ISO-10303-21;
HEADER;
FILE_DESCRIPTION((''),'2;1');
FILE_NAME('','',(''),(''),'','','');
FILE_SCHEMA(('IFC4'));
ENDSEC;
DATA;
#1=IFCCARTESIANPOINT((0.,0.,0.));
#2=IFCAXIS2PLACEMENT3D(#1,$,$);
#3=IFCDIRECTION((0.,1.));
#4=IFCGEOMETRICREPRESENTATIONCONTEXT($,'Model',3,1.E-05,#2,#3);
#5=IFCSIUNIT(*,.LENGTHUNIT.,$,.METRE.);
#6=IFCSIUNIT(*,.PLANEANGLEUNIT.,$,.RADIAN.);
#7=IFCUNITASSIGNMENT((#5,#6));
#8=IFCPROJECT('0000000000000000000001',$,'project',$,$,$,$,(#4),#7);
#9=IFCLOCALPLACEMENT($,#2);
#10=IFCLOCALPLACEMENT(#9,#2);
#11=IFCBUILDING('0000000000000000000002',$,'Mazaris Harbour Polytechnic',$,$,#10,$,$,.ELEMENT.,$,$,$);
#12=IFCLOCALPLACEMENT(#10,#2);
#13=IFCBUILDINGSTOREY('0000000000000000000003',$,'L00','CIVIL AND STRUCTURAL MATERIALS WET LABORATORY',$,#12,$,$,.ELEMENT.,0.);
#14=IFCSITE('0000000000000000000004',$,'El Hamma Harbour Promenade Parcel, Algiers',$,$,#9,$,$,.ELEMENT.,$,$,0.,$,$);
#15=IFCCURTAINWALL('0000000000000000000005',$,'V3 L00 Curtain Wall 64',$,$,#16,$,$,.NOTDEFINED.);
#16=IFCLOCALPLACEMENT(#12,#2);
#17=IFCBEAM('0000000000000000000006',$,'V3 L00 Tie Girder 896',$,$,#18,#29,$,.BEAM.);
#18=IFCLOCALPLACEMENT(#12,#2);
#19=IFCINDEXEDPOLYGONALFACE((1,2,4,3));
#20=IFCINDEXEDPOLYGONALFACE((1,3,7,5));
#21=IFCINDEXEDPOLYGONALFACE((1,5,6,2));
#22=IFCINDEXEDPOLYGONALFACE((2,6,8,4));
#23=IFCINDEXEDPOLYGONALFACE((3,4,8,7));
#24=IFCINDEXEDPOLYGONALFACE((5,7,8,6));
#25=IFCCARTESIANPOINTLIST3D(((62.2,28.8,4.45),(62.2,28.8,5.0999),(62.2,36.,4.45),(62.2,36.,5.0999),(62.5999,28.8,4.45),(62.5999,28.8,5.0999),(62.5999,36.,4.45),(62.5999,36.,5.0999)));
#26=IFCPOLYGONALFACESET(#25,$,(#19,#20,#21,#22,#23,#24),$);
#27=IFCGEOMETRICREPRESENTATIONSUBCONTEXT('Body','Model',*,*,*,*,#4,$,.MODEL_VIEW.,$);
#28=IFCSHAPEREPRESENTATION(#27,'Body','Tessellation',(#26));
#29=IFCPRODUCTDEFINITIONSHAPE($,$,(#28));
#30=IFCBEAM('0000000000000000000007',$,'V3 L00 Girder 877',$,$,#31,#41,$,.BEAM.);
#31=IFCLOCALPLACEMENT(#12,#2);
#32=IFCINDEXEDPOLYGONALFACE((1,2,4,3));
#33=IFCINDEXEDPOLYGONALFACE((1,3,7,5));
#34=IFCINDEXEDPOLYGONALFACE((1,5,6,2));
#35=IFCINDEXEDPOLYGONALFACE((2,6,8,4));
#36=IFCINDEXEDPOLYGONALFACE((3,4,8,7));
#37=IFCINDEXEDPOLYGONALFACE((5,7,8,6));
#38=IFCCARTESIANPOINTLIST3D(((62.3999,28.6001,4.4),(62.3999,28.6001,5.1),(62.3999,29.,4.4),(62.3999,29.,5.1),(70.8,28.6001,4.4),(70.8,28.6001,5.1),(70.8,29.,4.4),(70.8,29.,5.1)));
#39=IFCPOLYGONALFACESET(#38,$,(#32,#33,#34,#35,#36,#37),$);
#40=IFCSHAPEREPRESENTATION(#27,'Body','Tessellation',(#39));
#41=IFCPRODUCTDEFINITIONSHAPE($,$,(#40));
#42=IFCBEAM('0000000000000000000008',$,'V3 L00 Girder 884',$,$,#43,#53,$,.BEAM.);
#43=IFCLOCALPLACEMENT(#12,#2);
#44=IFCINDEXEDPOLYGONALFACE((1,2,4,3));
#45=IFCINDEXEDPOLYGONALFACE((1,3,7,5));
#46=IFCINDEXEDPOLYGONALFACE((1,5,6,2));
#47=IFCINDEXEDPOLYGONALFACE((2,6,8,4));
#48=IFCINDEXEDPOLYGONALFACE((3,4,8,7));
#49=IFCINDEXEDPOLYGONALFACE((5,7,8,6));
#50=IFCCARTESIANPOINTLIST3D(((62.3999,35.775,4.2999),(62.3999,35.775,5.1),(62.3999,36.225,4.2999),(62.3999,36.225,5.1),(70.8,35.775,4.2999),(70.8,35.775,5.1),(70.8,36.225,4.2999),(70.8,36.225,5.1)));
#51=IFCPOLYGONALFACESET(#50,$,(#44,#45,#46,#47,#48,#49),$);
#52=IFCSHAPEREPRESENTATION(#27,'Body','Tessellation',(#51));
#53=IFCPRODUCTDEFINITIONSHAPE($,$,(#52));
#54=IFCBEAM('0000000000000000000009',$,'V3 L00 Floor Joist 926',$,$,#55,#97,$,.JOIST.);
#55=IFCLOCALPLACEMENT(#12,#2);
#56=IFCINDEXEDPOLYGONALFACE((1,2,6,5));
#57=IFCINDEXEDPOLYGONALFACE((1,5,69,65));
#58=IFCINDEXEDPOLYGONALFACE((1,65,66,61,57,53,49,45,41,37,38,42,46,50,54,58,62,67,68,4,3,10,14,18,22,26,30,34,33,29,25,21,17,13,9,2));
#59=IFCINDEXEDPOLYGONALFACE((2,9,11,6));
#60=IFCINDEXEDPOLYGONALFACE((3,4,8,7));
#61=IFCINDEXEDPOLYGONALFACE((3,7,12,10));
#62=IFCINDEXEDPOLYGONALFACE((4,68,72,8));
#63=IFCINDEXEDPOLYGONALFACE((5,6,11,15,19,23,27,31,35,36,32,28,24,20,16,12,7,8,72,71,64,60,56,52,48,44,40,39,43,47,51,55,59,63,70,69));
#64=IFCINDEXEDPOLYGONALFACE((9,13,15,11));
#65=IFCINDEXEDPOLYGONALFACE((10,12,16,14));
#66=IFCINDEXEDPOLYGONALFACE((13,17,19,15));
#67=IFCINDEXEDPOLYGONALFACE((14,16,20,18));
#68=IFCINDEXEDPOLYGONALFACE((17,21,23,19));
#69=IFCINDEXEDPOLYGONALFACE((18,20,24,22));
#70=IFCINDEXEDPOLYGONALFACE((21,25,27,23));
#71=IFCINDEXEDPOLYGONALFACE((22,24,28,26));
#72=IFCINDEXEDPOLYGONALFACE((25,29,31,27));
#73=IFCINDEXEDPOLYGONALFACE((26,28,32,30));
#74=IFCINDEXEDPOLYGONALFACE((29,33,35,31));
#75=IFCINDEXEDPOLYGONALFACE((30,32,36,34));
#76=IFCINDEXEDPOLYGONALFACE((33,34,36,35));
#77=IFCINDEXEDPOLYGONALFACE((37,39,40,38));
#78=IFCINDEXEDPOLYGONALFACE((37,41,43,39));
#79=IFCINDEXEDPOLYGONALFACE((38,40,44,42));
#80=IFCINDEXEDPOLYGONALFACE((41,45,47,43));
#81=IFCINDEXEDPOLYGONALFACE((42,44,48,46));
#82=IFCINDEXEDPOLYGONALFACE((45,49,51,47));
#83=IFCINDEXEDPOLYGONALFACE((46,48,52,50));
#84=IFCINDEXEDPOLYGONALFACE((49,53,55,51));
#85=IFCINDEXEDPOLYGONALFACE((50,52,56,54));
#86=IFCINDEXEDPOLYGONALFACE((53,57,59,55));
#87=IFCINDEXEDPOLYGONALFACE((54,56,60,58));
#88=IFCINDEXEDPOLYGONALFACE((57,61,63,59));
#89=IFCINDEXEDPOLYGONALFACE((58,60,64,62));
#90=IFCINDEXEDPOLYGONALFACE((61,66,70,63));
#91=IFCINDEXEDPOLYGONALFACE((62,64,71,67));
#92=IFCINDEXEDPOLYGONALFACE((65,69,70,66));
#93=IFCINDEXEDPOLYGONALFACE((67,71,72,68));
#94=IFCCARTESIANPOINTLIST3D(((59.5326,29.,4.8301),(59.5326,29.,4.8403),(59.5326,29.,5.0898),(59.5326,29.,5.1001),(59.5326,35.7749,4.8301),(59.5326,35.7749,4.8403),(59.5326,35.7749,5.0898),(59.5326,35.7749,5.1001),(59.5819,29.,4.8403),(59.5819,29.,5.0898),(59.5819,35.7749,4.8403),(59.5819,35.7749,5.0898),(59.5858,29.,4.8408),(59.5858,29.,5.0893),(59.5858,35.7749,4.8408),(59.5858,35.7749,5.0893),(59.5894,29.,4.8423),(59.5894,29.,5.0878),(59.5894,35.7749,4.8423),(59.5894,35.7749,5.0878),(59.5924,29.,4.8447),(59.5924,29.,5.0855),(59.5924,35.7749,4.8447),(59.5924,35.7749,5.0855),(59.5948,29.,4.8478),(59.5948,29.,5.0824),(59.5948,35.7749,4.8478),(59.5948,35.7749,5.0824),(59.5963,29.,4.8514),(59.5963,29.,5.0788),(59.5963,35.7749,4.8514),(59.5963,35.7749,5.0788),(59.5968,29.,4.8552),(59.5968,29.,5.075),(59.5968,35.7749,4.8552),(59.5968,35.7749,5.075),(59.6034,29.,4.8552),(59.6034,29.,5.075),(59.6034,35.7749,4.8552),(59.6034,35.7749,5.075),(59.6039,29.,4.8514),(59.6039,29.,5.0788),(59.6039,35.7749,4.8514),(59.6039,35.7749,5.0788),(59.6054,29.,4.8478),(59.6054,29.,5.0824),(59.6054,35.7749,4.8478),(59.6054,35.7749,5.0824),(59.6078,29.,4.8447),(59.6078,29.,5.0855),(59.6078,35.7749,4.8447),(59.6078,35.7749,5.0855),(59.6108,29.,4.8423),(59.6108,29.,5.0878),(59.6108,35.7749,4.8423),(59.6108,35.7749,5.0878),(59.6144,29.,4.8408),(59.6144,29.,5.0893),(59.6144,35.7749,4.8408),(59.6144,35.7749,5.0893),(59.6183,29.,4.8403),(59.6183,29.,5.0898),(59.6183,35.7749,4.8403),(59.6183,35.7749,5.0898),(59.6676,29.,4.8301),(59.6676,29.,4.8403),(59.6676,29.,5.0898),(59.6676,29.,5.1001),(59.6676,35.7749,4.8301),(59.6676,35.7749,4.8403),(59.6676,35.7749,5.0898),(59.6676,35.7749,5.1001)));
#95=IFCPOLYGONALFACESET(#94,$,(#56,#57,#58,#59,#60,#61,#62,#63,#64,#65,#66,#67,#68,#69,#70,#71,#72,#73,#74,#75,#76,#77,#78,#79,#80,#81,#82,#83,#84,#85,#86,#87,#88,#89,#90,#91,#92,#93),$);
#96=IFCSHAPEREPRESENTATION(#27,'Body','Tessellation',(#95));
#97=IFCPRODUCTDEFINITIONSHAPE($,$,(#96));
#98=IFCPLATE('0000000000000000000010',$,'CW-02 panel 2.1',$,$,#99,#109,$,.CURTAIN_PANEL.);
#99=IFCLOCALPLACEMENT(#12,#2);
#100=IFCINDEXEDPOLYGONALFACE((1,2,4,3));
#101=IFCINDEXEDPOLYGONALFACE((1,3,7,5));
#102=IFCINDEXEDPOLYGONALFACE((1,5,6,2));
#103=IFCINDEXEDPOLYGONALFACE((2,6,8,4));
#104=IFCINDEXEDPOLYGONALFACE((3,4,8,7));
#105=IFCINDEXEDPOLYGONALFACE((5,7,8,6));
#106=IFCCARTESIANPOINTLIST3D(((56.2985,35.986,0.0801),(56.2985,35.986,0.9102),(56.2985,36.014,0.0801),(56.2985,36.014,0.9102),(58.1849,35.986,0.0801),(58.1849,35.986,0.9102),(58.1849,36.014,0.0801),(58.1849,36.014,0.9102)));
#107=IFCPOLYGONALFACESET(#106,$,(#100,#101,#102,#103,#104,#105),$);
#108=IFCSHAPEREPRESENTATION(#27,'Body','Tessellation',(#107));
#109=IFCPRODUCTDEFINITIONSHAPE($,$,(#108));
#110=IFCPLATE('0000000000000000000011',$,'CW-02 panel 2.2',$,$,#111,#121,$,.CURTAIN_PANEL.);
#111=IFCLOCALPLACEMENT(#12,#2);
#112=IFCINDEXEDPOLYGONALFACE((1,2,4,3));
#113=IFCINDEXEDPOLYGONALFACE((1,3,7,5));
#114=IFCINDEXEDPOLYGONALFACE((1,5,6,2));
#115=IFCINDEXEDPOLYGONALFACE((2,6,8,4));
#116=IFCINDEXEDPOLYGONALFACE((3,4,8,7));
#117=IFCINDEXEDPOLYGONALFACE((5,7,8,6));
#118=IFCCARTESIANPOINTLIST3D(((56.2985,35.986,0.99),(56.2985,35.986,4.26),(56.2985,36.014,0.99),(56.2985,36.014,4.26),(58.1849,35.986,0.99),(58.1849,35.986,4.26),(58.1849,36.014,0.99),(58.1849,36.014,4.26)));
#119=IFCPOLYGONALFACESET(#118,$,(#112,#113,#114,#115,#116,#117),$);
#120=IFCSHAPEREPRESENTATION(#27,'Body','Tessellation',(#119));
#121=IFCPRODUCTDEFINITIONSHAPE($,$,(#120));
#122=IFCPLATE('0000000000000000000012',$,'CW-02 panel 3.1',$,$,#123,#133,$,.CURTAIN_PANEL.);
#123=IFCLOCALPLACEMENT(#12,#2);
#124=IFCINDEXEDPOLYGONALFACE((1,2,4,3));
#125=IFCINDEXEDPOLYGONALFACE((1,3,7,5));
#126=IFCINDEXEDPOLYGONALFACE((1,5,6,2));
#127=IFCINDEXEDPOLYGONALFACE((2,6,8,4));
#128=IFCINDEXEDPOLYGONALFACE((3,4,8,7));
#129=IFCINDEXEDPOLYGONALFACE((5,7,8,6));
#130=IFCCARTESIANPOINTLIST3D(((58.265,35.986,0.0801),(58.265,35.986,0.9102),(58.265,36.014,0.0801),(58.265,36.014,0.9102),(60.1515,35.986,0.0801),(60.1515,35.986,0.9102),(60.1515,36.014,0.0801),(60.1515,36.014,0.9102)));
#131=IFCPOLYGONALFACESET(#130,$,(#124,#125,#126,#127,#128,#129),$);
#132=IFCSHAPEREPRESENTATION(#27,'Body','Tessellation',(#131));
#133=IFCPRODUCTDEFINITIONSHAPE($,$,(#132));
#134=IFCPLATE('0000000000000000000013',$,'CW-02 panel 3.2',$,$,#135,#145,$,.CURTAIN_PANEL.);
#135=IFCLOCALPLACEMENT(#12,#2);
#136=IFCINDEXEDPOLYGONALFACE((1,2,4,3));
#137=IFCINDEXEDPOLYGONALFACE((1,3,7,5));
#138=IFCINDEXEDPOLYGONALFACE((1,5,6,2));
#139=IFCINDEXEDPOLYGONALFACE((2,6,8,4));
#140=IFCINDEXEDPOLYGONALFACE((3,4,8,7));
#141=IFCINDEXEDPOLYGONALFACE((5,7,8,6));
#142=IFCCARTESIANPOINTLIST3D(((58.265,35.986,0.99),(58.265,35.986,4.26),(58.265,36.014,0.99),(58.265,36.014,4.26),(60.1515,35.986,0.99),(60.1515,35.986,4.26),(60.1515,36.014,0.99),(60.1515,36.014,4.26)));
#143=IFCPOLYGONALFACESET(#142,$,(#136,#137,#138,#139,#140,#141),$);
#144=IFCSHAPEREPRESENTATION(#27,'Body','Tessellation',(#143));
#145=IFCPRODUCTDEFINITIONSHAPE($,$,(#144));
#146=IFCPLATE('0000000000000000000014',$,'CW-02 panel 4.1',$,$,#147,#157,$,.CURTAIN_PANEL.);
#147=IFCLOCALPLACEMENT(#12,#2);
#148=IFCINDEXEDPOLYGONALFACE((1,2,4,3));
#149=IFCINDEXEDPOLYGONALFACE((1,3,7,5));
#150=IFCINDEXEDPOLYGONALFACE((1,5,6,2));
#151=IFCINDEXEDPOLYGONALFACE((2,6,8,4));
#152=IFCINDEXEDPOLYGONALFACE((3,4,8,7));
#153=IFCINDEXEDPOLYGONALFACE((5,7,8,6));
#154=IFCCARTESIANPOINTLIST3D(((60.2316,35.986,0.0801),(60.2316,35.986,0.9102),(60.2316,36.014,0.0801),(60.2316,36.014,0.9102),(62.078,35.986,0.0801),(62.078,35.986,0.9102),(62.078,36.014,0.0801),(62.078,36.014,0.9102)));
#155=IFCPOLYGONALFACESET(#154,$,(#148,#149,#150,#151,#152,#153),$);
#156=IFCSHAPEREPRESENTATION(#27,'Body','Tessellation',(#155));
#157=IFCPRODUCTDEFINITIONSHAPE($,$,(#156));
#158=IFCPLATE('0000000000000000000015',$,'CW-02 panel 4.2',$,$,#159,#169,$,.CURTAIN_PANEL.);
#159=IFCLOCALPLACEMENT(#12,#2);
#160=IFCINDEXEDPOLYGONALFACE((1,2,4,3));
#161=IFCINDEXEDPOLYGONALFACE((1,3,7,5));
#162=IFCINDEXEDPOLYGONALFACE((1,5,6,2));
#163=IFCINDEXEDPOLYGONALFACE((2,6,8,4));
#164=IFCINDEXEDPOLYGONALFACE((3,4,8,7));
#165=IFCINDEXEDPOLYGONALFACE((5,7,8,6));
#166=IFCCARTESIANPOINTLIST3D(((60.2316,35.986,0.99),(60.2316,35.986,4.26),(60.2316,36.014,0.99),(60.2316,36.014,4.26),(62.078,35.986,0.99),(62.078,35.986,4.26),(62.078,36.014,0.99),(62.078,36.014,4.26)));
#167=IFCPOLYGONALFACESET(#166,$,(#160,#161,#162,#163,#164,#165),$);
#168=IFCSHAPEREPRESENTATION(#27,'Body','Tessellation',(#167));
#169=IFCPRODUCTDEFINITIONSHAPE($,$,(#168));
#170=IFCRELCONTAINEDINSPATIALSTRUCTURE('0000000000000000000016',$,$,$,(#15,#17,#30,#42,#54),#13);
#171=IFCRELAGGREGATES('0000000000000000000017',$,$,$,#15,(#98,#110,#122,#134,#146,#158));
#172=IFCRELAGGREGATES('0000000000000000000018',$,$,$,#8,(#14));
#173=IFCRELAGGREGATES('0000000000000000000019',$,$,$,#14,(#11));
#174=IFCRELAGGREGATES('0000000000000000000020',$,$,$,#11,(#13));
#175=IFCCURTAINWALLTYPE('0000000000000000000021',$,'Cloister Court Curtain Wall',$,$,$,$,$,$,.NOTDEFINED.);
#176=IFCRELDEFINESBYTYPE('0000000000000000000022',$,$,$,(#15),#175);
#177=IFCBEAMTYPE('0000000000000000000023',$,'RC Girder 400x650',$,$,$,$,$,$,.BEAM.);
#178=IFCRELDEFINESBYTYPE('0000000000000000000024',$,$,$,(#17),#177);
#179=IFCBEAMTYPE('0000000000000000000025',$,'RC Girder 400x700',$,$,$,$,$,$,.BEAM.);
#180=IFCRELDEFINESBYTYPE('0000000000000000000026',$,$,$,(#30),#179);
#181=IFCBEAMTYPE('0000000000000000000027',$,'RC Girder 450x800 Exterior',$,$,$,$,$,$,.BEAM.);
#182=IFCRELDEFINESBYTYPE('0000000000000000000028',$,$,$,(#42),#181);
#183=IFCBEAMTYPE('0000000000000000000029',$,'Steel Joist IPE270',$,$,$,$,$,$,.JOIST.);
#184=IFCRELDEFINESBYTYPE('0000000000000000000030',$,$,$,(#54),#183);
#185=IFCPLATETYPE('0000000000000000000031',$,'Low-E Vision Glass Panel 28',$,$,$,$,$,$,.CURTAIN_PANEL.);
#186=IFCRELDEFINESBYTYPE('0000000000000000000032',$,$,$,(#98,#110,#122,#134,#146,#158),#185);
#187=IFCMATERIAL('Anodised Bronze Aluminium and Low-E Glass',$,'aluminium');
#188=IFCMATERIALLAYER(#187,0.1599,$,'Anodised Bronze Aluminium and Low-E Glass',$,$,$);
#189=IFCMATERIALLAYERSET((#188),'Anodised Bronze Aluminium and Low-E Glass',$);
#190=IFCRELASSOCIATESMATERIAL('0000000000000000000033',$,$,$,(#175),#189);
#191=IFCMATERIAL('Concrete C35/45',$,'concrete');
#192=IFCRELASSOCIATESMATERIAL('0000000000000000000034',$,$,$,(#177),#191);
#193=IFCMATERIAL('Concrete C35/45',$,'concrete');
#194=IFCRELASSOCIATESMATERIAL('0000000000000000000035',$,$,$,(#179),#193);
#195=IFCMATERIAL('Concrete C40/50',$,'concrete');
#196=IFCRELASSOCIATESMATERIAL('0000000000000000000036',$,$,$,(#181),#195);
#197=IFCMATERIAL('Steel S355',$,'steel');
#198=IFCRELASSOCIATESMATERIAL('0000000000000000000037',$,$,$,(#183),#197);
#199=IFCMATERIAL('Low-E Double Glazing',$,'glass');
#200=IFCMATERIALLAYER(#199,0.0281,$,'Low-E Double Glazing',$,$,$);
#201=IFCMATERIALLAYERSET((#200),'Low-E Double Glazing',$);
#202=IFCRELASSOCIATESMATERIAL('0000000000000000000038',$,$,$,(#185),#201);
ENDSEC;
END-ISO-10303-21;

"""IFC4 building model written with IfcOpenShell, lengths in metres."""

from ifc_helpers import new_model, si_unit, direction, frame, origin, origin_2d, place, context, subcontext, project, spatial, rectangle, i_section, extrude, material, layer, layer_set, material_profile, profile_set, type_object, element, aggregate, save


model = new_model("IFC4")

# Units and contexts
model_context = context("Model", 3, precision=1e-05, world=origin(), true_north=direction((0.0, 1.0)))
body_context = subcontext(model_context, "Body", "Model", "MODEL_VIEW")
ifc_project = project(units=[si_unit("LENGTHUNIT", "METRE"), si_unit("PLANEANGLEUNIT", "RADIAN")], contexts=[model_context])

# Site, building, storey
site_placement = place(None, origin())
site = spatial("IfcSite", under=ifc_project, at=site_placement, Name="El Hamma Harbour Promenade Parcel, Algiers", CompositionType="ELEMENT", RefElevation=0.0)
building_placement = place(site_placement, origin())
building = spatial("IfcBuilding", under=site, at=building_placement, Name="Mazaris Harbour Polytechnic", CompositionType="ELEMENT")
storey_placement = place(building_placement, origin())
storey = spatial("IfcBuildingStorey", under=building, at=storey_placement, Name="L00", Description="CIVIL AND STRUCTURAL MATERIALS WET LABORATORY", CompositionType="ELEMENT", Elevation=0.0)

# Curtain wall
ifc_material_1 = material(Name="Anodised Bronze Aluminium and Low-E Glass", Category="aluminium")
ifc_layer_1 = layer(ifc_material_1, 0.1599, Name="Anodised Bronze Aluminium and Low-E Glass")
ifc_layer_set_1 = layer_set([ifc_layer_1], Name="Anodised Bronze Aluminium and Low-E Glass")
curtain_wall_type = type_object("IfcCurtainWallType", Name="Cloister Court Curtain Wall", PredefinedType="NOTDEFINED", material=ifc_layer_set_1)
curtain_wall_placement = place(storey_placement, origin())
curtain_wall = element("IfcCurtainWall", 1, at=curtain_wall_placement, inside=storey, type_object=curtain_wall_type, Name="V3 L00 Curtain Wall 64", PredefinedType="NOTDEFINED")

# Beams
ifc_material_2 = material(Name="Concrete C35/45", Category="concrete")
ifc_material_profile_1 = material_profile(ifc_material_2, rectangle(XDim=0.3999, YDim=0.6499, at=origin_2d()), Name="RECT400x650")
ifc_profile_set_1 = profile_set([ifc_material_profile_1], Name="Concrete C35/45")
beam_type_1 = type_object("IfcBeamType", Name="RC Girder 400x650", PredefinedType="BEAM", material=ifc_profile_set_1)
beam_1_placement = place(storey_placement, frame((62.3999, 28.8, 4.7749), z_axis=(0.0, 1.0, 0.0), x_axis=(-1.0, 0.0, 0.0)))
element("IfcBeam", 2, at=beam_1_placement, inside=storey, type_object=beam_type_1, Name="V3 L00 Tie Girder 896", PredefinedType="BEAM", context=body_context, shape_type="SweptSolid", body=[
    extrude(rectangle(XDim=0.3999, YDim=0.6499, at=origin_2d()), origin(), (0.0, 0.0, 1.0), 7.2),
])
ifc_material_3 = material(Name="Concrete C35/45", Category="concrete")
ifc_material_profile_2 = material_profile(ifc_material_3, rectangle(XDim=0.3999, YDim=0.7, at=origin_2d()), Name="RECT400x700")
ifc_profile_set_2 = profile_set([ifc_material_profile_2], Name="Concrete C35/45")
beam_type_2 = type_object("IfcBeamType", Name="RC Girder 400x700", PredefinedType="BEAM", material=ifc_profile_set_2)
beam_2_placement = place(storey_placement, frame((62.3999, 28.8, 4.75), z_axis=(1.0, 0.0, 0.0), x_axis=(0.0, 1.0, 0.0)))
element("IfcBeam", 3, at=beam_2_placement, inside=storey, type_object=beam_type_2, Name="V3 L00 Girder 877", PredefinedType="BEAM", context=body_context, shape_type="SweptSolid", body=[
    extrude(rectangle(XDim=0.3999, YDim=0.7, at=origin_2d()), origin(), (0.0, 0.0, 1.0), 8.4001),
])
ifc_material_4 = material(Name="Concrete C40/50", Category="concrete")
ifc_material_profile_3 = material_profile(ifc_material_4, rectangle(XDim=0.45, YDim=0.8, at=origin_2d()), Name="RECT450x800")
ifc_profile_set_3 = profile_set([ifc_material_profile_3], Name="Concrete C40/50")
beam_type_3 = type_object("IfcBeamType", Name="RC Girder 450x800 Exterior", PredefinedType="BEAM", material=ifc_profile_set_3)
beam_3_placement = place(storey_placement, frame((62.3999, 36.0, 4.7), z_axis=(1.0, 0.0, 0.0), x_axis=(0.0, 1.0, 0.0)))
element("IfcBeam", 4, at=beam_3_placement, inside=storey, type_object=beam_type_3, Name="V3 L00 Girder 884", PredefinedType="BEAM", context=body_context, shape_type="SweptSolid", body=[
    extrude(rectangle(XDim=0.45, YDim=0.8, at=origin_2d()), origin(), (0.0, 0.0, 1.0), 8.4001),
])
ifc_material_5 = material(Name="Steel S355", Category="steel")
ifc_material_profile_4 = material_profile(ifc_material_5, i_section(OverallWidth=0.135, OverallDepth=0.27, WebThickness=0.0066, FlangeThickness=0.0103, FilletRadius=0.0149, at=origin_2d()), Name="IPE 270")
ifc_profile_set_4 = profile_set([ifc_material_profile_4], Name="Steel S355")
beam_type_4 = type_object("IfcBeamType", Name="Steel Joist IPE270", PredefinedType="JOIST", material=ifc_profile_set_4)
beam_4_placement = place(storey_placement, frame((59.6001, 29.0, 4.9651), z_axis=(0.0, 1.0, 0.0), x_axis=(-1.0, 0.0, 0.0)))
element("IfcBeam", 5, at=beam_4_placement, inside=storey, type_object=beam_type_4, Name="V3 L00 Floor Joist 926", PredefinedType="JOIST", context=body_context, shape_type="SweptSolid", body=[
    extrude(i_section(OverallWidth=0.135, OverallDepth=0.27, WebThickness=0.0066, FlangeThickness=0.0103, FilletRadius=0.0149, at=origin_2d()), origin(), (0.0, 0.0, 1.0), 6.7749),
])

# Plates
ifc_material_6 = material(Name="Low-E Double Glazing", Category="glass")
ifc_layer_2 = layer(ifc_material_6, 0.0281, Name="Low-E Double Glazing")
ifc_layer_set_2 = layer_set([ifc_layer_2], Name="Low-E Double Glazing")
plate_type = type_object("IfcPlateType", Name="Low-E Vision Glass Panel 28", PredefinedType="CURTAIN_PANEL", material=ifc_layer_set_2)
plate_1_placement = place(storey_placement, frame((57.2417, 36.0, 0.0801), z_axis=(0.0, 0.0, 1.0), x_axis=(1.0, 0.0, 0.0)))
plate_1 = element("IfcPlate", 6, at=plate_1_placement, type_object=plate_type, Name="CW-02 panel 2.1", PredefinedType="CURTAIN_PANEL", context=body_context, shape_type="SweptSolid", body=[
    extrude(rectangle(XDim=1.8865, YDim=0.0281, at=origin_2d()), origin(), (0.0, 0.0, 1.0), 0.8301),
])
plate_2_placement = place(storey_placement, frame((57.2417, 36.0, 0.99), z_axis=(0.0, 0.0, 1.0), x_axis=(1.0, 0.0, 0.0)))
plate_2 = element("IfcPlate", 7, at=plate_2_placement, type_object=plate_type, Name="CW-02 panel 2.2", PredefinedType="CURTAIN_PANEL", context=body_context, shape_type="SweptSolid", body=[
    extrude(rectangle(XDim=1.8865, YDim=0.0281, at=origin_2d()), origin(), (0.0, 0.0, 1.0), 3.27),
])
plate_3_placement = place(storey_placement, frame((59.2083, 36.0, 0.0801), z_axis=(0.0, 0.0, 1.0), x_axis=(1.0, 0.0, 0.0)))
plate_3 = element("IfcPlate", 8, at=plate_3_placement, type_object=plate_type, Name="CW-02 panel 3.1", PredefinedType="CURTAIN_PANEL", context=body_context, shape_type="SweptSolid", body=[
    extrude(rectangle(XDim=1.8865, YDim=0.0281, at=origin_2d()), origin(), (0.0, 0.0, 1.0), 0.8301),
])
plate_4_placement = place(storey_placement, frame((59.2083, 36.0, 0.99), z_axis=(0.0, 0.0, 1.0), x_axis=(1.0, 0.0, 0.0)))
plate_4 = element("IfcPlate", 9, at=plate_4_placement, type_object=plate_type, Name="CW-02 panel 3.2", PredefinedType="CURTAIN_PANEL", context=body_context, shape_type="SweptSolid", body=[
    extrude(rectangle(XDim=1.8865, YDim=0.0281, at=origin_2d()), origin(), (0.0, 0.0, 1.0), 3.27),
])
plate_5_placement = place(storey_placement, frame((61.1548, 36.0, 0.0801), z_axis=(0.0, 0.0, 1.0), x_axis=(1.0, 0.0, 0.0)))
plate_5 = element("IfcPlate", 10, at=plate_5_placement, type_object=plate_type, Name="CW-02 panel 4.1", PredefinedType="CURTAIN_PANEL", context=body_context, shape_type="SweptSolid", body=[
    extrude(rectangle(XDim=1.8464, YDim=0.0281, at=origin_2d()), origin(), (0.0, 0.0, 1.0), 0.8301),
])
plate_6_placement = place(storey_placement, frame((61.1548, 36.0, 0.99), z_axis=(0.0, 0.0, 1.0), x_axis=(1.0, 0.0, 0.0)))
plate_6 = element("IfcPlate", 11, at=plate_6_placement, type_object=plate_type, Name="CW-02 panel 4.2", PredefinedType="CURTAIN_PANEL", context=body_context, shape_type="SweptSolid", body=[
    extrude(rectangle(XDim=1.8464, YDim=0.0281, at=origin_2d()), origin(), (0.0, 0.0, 1.0), 3.27),
])
aggregate(curtain_wall, [plate_1, plate_2, plate_3, plate_4, plate_5, plate_6])

save(model, "model.ifc")
